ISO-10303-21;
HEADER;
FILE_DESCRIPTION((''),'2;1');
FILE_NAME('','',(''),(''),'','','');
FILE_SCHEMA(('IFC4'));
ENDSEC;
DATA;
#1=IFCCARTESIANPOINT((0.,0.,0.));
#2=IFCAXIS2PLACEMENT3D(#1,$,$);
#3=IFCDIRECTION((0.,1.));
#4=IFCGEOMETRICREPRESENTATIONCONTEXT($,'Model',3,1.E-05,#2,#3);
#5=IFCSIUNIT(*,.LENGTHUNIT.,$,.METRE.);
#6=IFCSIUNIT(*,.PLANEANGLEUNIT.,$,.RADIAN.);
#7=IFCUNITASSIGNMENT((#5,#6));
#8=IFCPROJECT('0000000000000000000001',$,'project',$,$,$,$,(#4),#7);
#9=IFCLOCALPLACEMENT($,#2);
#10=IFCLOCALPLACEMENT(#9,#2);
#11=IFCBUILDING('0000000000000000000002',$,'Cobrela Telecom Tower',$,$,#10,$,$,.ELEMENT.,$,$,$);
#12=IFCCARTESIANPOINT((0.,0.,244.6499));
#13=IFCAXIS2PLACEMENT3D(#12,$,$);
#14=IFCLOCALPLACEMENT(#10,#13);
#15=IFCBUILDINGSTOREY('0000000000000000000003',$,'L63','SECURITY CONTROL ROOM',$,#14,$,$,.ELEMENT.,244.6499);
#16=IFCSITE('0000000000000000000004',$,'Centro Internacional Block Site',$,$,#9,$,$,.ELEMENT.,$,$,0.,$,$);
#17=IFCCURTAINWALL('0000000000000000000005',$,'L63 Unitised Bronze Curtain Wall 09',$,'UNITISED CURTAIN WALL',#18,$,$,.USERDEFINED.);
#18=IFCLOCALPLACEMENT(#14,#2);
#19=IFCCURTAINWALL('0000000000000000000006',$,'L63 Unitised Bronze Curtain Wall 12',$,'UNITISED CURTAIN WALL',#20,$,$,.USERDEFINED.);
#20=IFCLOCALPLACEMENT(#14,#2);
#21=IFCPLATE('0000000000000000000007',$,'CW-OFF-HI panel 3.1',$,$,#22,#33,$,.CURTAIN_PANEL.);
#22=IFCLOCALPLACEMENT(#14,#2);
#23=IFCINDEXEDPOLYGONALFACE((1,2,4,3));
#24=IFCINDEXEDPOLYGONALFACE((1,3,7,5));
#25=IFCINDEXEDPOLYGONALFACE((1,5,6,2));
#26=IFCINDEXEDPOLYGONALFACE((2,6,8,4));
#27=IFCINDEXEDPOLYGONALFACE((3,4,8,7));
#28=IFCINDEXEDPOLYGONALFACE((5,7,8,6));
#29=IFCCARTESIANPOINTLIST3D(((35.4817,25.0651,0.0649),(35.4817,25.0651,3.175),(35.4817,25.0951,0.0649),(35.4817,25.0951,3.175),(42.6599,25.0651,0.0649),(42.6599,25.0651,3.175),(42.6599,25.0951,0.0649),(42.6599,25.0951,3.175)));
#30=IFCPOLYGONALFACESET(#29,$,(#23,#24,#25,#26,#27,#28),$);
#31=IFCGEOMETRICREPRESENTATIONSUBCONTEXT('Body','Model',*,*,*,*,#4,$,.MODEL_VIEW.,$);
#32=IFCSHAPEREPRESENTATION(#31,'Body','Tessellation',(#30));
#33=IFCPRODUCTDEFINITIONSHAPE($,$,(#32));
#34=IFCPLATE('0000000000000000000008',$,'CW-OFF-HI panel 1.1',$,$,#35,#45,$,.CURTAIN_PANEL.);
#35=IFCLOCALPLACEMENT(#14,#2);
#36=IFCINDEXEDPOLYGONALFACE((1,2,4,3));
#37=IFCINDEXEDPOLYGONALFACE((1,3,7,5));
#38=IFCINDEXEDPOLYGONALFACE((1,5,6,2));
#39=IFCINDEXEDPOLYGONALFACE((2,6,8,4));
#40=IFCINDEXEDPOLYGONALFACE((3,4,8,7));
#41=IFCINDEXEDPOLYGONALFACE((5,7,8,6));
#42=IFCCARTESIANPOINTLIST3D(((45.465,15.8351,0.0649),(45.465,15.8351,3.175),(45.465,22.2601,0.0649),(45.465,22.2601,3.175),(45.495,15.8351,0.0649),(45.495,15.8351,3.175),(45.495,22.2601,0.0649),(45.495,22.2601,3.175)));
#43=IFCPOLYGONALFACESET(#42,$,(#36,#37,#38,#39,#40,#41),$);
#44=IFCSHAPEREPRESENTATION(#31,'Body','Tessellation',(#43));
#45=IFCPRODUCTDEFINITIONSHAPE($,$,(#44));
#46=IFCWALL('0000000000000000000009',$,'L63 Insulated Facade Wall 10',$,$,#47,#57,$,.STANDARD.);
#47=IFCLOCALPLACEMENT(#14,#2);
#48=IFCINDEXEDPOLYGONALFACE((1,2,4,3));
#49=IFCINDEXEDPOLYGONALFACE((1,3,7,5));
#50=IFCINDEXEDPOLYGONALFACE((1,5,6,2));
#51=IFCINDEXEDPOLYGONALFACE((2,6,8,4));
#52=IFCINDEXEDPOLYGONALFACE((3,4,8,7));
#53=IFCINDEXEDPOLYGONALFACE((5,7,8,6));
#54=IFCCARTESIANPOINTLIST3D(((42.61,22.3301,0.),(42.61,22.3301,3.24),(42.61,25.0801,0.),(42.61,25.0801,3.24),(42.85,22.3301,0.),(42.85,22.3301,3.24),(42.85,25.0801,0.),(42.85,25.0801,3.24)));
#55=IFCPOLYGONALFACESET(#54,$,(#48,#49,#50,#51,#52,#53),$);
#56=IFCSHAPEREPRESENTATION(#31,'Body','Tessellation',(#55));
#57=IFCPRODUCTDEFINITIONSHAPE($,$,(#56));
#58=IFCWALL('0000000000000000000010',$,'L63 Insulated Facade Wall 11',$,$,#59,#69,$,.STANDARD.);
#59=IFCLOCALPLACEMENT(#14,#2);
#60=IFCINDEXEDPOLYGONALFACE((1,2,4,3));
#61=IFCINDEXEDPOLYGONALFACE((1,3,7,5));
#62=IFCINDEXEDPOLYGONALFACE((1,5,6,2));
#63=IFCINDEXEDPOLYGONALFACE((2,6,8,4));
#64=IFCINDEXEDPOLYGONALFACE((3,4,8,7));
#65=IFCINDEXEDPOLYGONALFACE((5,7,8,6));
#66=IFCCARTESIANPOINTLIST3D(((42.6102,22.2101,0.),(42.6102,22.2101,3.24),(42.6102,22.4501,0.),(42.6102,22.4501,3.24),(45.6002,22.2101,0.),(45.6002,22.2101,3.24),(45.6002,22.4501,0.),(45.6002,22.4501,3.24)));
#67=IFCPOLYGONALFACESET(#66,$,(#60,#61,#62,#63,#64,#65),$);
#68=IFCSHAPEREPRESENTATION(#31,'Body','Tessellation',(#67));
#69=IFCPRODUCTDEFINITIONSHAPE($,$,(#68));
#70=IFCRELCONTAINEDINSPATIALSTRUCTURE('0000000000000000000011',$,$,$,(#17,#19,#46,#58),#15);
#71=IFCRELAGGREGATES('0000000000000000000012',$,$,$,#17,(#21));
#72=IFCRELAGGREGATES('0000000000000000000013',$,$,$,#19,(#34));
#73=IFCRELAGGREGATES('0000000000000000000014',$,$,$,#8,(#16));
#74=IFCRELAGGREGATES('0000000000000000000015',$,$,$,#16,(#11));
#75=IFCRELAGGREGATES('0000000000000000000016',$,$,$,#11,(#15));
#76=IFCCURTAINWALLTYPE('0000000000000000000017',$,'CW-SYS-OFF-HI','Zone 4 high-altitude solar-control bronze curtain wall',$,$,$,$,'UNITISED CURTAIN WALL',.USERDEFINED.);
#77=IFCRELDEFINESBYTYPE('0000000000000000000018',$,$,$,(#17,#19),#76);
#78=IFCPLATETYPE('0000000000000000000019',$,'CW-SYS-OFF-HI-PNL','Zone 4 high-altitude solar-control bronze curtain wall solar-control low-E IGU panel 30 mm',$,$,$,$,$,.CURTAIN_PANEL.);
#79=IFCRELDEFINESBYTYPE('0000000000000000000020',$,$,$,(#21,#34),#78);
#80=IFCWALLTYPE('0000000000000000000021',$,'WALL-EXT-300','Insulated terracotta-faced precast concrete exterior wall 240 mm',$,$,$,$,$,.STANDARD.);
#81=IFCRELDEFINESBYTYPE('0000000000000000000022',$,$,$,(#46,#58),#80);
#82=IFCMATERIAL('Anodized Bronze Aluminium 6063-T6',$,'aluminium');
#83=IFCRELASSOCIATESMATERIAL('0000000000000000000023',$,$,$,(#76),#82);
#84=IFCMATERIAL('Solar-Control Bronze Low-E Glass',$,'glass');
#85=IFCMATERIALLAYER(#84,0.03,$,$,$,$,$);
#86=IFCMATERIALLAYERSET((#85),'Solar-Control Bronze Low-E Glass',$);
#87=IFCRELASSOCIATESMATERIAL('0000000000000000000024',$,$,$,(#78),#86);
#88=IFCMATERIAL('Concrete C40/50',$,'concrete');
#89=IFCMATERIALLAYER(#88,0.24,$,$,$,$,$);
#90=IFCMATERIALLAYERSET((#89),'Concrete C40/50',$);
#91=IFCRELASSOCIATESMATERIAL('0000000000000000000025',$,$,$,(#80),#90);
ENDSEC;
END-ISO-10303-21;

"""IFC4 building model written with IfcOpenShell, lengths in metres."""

from ifc_helpers import new_model, si_unit, direction, frame, frame_2d, origin, origin_2d, place, context, subcontext, project, spatial, rectangle, extrude, material, layer, layer_set, type_object, element, aggregate, save


model = new_model("IFC4")

# Units and contexts
model_context = context("Model", 3, precision=1e-05, world=origin(), true_north=direction((0.0, 1.0)))
body_context = subcontext(model_context, "Body", "Model", "MODEL_VIEW")
ifc_project = project(units=[si_unit("LENGTHUNIT", "METRE"), si_unit("PLANEANGLEUNIT", "RADIAN")], contexts=[model_context])

# Site, building, storey
site_placement = place(None, origin())
site = spatial("IfcSite", under=ifc_project, at=site_placement, Name="Centro Internacional Block Site", CompositionType="ELEMENT", RefElevation=0.0)
building_placement = place(site_placement, origin())
building = spatial("IfcBuilding", under=site, at=building_placement, Name="Cobrela Telecom Tower", CompositionType="ELEMENT")
storey_placement = place(building_placement, frame((0.0, 0.0, 244.6499)))
storey = spatial("IfcBuildingStorey", under=building, at=storey_placement, Name="L63", Description="SECURITY CONTROL ROOM", CompositionType="ELEMENT", Elevation=244.6499)

# Curtain walls
ifc_material_1 = material(Name="Anodized Bronze Aluminium 6063-T6", Category="aluminium")
curtain_wall_type = type_object("IfcCurtainWallType", Name="CW-SYS-OFF-HI", Description="Zone 4 high-altitude solar-control bronze curtain wall", ElementType="UNITISED CURTAIN WALL", PredefinedType="USERDEFINED", material=ifc_material_1)
curtain_wall_1_placement = place(storey_placement, origin())
curtain_wall_1 = element("IfcCurtainWall", 1, at=curtain_wall_1_placement, inside=storey, type_object=curtain_wall_type, Name="L63 Unitised Bronze Curtain Wall 09", ObjectType="UNITISED CURTAIN WALL", PredefinedType="USERDEFINED")
curtain_wall_2_placement = place(storey_placement, origin())
curtain_wall_2 = element("IfcCurtainWall", 2, at=curtain_wall_2_placement, inside=storey, type_object=curtain_wall_type, Name="L63 Unitised Bronze Curtain Wall 12", ObjectType="UNITISED CURTAIN WALL", PredefinedType="USERDEFINED")

# Plates
ifc_material_2 = material(Name="Solar-Control Bronze Low-E Glass", Category="glass")
ifc_layer_1 = layer(ifc_material_2, 0.03)
ifc_layer_set_1 = layer_set([ifc_layer_1], Name="Solar-Control Bronze Low-E Glass")
plate_type = type_object("IfcPlateType", Name="CW-SYS-OFF-HI-PNL", Description="Zone 4 high-altitude solar-control bronze curtain wall solar-control low-E IGU panel 30 mm", PredefinedType="CURTAIN_PANEL", material=ifc_layer_set_1)
plate_1_placement = place(storey_placement, frame((39.0708, 25.0801, 0.0649), z_axis=(0.0, 0.0, 1.0), x_axis=(1.0, 0.0, 0.0)))
plate_1 = element("IfcPlate", 3, at=plate_1_placement, type_object=plate_type, Name="CW-OFF-HI panel 3.1", PredefinedType="CURTAIN_PANEL", context=body_context, shape_type="SweptSolid", body=[
    extrude(rectangle(XDim=7.1782, YDim=0.03, at=origin_2d()), origin(), (0.0, 0.0, 1.0), 3.1101),
])
aggregate(curtain_wall_1, [plate_1])
plate_2_placement = place(storey_placement, frame((45.48, 19.0476, 0.0649), z_axis=(0.0, 0.0, 1.0), x_axis=(0.0, -1.0, 0.0)))
plate_2 = element("IfcPlate", 4, at=plate_2_placement, type_object=plate_type, Name="CW-OFF-HI panel 1.1", PredefinedType="CURTAIN_PANEL", context=body_context, shape_type="SweptSolid", body=[
    extrude(rectangle(XDim=6.425, YDim=0.03, at=origin_2d()), origin(), (0.0, 0.0, 1.0), 3.1101),
])
aggregate(curtain_wall_2, [plate_2])

# Walls
ifc_material_3 = material(Name="Concrete C40/50", Category="concrete")
ifc_layer_2 = layer(ifc_material_3, 0.24)
ifc_layer_set_2 = layer_set([ifc_layer_2], Name="Concrete C40/50")
wall_type = type_object("IfcWallType", Name="WALL-EXT-300", Description="Insulated terracotta-faced precast concrete exterior wall 240 mm", PredefinedType="STANDARD", material=ifc_layer_set_2)
wall_1_placement = place(storey_placement, frame((42.73, 25.0801, 0.0), z_axis=(0.0, 0.0, 1.0), x_axis=(0.0, -1.0, 0.0)))
element("IfcWall", 5, at=wall_1_placement, inside=storey, type_object=wall_type, Name="L63 Insulated Facade Wall 10", PredefinedType="STANDARD", context=body_context, shape_type="SweptSolid", body=[
    extrude(rectangle(XDim=2.75, YDim=0.24, at=frame_2d((1.375, 0.0))), origin(), (0.0, 0.0, 1.0), 3.24),
])
wall_2_placement = place(storey_placement, frame((42.6101, 22.3301, 0.0), z_axis=(0.0, 0.0, 1.0), x_axis=(1.0, 0.0, 0.0)))
element("IfcWall", 6, at=wall_2_placement, inside=storey, type_object=wall_type, Name="L63 Insulated Facade Wall 11", PredefinedType="STANDARD", context=body_context, shape_type="SweptSolid", body=[
    extrude(rectangle(XDim=2.99, YDim=0.24, at=frame_2d((1.4951, 0.0))), origin(), (0.0, 0.0, 1.0), 3.24),
])

save(model, "model.ifc")
